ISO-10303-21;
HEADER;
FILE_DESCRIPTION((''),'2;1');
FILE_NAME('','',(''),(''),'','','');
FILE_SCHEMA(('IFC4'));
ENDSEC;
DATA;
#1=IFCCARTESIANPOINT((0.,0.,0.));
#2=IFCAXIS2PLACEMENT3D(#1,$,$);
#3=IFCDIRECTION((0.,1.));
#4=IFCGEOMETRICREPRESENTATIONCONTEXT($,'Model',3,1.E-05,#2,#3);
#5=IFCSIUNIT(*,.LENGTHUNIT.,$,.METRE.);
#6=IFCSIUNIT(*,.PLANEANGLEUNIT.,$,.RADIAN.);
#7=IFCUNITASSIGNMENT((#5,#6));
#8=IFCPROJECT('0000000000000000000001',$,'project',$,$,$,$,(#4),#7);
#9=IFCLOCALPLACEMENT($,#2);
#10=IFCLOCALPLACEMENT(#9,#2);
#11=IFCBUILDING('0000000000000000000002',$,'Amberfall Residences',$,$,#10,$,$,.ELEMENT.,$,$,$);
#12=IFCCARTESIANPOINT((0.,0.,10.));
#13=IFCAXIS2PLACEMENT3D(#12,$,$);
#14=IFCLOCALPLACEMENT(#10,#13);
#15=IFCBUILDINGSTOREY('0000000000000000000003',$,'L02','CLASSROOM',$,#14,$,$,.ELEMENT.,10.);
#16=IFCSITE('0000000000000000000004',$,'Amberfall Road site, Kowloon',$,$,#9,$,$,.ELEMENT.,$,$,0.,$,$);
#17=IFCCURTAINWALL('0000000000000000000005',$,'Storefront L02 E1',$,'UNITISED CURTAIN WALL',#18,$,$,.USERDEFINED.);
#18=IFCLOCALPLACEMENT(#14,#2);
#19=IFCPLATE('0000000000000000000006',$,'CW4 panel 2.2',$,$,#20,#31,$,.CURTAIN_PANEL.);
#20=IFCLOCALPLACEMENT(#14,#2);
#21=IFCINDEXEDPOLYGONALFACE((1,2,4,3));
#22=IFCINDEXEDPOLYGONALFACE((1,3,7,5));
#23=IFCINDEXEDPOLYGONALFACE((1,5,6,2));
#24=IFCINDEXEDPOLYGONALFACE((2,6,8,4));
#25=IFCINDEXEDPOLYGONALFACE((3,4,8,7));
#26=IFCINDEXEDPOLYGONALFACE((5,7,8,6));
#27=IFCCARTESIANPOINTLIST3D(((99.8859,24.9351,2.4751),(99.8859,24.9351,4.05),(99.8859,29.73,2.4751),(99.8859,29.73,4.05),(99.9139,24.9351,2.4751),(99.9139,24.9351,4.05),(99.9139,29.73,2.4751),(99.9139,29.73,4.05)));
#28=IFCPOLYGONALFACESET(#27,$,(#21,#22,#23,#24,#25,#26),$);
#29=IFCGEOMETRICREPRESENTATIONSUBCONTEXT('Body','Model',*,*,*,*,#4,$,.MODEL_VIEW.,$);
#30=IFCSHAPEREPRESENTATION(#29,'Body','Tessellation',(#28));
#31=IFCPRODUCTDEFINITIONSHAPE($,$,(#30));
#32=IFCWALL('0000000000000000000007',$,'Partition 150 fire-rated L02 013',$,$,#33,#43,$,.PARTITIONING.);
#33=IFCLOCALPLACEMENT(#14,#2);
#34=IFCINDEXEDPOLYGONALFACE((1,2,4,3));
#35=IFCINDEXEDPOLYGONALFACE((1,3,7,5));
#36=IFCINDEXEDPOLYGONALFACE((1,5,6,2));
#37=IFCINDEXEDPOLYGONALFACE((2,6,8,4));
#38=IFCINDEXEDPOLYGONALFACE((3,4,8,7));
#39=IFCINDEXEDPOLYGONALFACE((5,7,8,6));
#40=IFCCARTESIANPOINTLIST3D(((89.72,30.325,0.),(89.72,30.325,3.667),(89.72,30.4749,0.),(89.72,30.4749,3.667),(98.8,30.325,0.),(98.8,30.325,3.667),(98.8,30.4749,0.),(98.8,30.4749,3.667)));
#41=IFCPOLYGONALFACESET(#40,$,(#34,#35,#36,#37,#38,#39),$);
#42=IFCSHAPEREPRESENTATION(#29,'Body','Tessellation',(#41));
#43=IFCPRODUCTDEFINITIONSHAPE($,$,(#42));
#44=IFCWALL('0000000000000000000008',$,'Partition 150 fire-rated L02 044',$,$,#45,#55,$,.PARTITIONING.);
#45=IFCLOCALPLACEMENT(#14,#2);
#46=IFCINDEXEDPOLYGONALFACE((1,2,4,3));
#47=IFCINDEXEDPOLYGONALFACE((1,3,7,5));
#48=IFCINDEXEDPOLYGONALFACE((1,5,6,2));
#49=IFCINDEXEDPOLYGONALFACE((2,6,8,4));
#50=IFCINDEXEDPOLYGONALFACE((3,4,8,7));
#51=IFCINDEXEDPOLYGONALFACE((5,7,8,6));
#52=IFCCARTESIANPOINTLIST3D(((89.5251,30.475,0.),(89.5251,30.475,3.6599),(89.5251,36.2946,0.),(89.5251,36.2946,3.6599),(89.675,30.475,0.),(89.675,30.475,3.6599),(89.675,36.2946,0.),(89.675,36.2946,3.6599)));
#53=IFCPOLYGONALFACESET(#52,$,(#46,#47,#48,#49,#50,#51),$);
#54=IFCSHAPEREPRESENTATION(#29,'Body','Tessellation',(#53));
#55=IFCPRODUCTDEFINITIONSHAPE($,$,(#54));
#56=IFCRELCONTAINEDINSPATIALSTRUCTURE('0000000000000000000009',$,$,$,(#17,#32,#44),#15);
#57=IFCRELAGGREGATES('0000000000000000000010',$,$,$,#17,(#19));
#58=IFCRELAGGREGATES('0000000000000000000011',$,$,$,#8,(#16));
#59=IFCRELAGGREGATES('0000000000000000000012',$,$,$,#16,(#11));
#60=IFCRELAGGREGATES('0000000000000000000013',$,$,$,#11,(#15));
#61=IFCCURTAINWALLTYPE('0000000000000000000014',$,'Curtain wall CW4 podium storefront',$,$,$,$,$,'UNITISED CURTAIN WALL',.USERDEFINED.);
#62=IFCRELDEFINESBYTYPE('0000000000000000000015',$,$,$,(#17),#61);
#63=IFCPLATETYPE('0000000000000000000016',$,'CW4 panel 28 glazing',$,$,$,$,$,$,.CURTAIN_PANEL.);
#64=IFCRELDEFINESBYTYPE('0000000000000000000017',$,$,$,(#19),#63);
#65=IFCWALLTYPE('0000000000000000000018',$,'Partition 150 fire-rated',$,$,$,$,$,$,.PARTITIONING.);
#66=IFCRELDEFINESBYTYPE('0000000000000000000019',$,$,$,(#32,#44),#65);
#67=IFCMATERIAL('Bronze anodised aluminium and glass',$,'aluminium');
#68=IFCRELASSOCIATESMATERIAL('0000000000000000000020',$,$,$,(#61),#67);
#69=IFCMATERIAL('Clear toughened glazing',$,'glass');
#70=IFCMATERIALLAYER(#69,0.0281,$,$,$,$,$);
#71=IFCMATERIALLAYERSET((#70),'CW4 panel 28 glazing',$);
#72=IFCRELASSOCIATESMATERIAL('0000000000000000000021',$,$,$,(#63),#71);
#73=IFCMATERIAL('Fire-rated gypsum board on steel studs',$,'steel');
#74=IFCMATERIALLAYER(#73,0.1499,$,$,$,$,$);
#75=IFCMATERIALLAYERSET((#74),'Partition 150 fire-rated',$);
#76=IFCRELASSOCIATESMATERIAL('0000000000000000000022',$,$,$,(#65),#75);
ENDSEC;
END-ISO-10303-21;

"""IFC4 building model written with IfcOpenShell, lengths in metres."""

from ifc_helpers import new_model, si_unit, direction, frame, frame_2d, origin, origin_2d, place, context, subcontext, project, spatial, rectangle, extrude, material, layer, layer_set, type_object, element, aggregate, save


model = new_model("IFC4")

# Units and contexts
model_context = context("Model", 3, precision=1e-05, world=origin(), true_north=direction((0.0, 1.0)))
body_context = subcontext(model_context, "Body", "Model", "MODEL_VIEW")
ifc_project = project(units=[si_unit("LENGTHUNIT", "METRE"), si_unit("PLANEANGLEUNIT", "RADIAN")], contexts=[model_context])

# Site, building, storey
site_placement = place(None, origin())
site = spatial("IfcSite", under=ifc_project, at=site_placement, Name="Amberfall Road site, Kowloon", CompositionType="ELEMENT", RefElevation=0.0)
building_placement = place(site_placement, origin())
building = spatial("IfcBuilding", under=site, at=building_placement, Name="Amberfall Residences", CompositionType="ELEMENT")
storey_placement = place(building_placement, frame((0.0, 0.0, 10.0)))
storey = spatial("IfcBuildingStorey", under=building, at=storey_placement, Name="L02", Description="CLASSROOM", CompositionType="ELEMENT", Elevation=10.0)

# Curtain wall
ifc_material_1 = material(Name="Bronze anodised aluminium and glass", Category="aluminium")
curtain_wall_type = type_object("IfcCurtainWallType", Name="Curtain wall CW4 podium storefront", ElementType="UNITISED CURTAIN WALL", PredefinedType="USERDEFINED", material=ifc_material_1)
curtain_wall_1_placement = place(storey_placement, origin())
curtain_wall_1 = element("IfcCurtainWall", 1, at=curtain_wall_1_placement, inside=storey, type_object=curtain_wall_type, Name="Storefront L02 E1", ObjectType="UNITISED CURTAIN WALL", PredefinedType="USERDEFINED")

# Plate
ifc_material_2 = material(Name="Clear toughened glazing", Category="glass")
ifc_layer_1 = layer(ifc_material_2, 0.0281)
ifc_layer_set_1 = layer_set([ifc_layer_1], Name="CW4 panel 28 glazing")
plate_type = type_object("IfcPlateType", Name="CW4 panel 28 glazing", PredefinedType="CURTAIN_PANEL", material=ifc_layer_set_1)
plate_1_placement = place(storey_placement, frame((99.8999, 27.3325, 2.4751), z_axis=(0.0, 0.0, 1.0), x_axis=(0.0, 1.0, 0.0)))
plate_1 = element("IfcPlate", 2, at=plate_1_placement, type_object=plate_type, Name="CW4 panel 2.2", PredefinedType="CURTAIN_PANEL", context=body_context, shape_type="SweptSolid", body=[
    extrude(rectangle(XDim=4.7949, YDim=0.0281, at=origin_2d()), origin(), (0.0, 0.0, 1.0), 1.575),
])
aggregate(curtain_wall_1, [plate_1])

# Walls
ifc_material_3 = material(Name="Fire-rated gypsum board on steel studs", Category="steel")
ifc_layer_2 = layer(ifc_material_3, 0.1499)
ifc_layer_set_2 = layer_set([ifc_layer_2], Name="Partition 150 fire-rated")
wall_type = type_object("IfcWallType", Name="Partition 150 fire-rated", PredefinedType="PARTITIONING", material=ifc_layer_set_2)
wall_1_placement = place(storey_placement, frame((89.72, 30.3999, 0.0), z_axis=(0.0, 0.0, 1.0), x_axis=(1.0, 0.0, 0.0)))
element("IfcWall", 3, at=wall_1_placement, inside=storey, type_object=wall_type, Name="Partition 150 fire-rated L02 013", PredefinedType="PARTITIONING", context=body_context, shape_type="SweptSolid", body=[
    extrude(rectangle(XDim=9.0801, YDim=0.1499, at=frame_2d((4.54, 0.0))), origin(), (0.0, 0.0, 1.0), 3.667),
])
wall_2_placement = place(storey_placement, frame((89.6001, 30.4751, 0.0), z_axis=(0.0, 0.0, 1.0), x_axis=(0.0, 1.0, 0.0)))
element("IfcWall", 4, at=wall_2_placement, inside=storey, type_object=wall_type, Name="Partition 150 fire-rated L02 044", PredefinedType="PARTITIONING", context=body_context, shape_type="SweptSolid", body=[
    extrude(rectangle(XDim=5.8196, YDim=0.1499, at=frame_2d((2.9097, 0.0))), origin(), (0.0, 0.0, 1.0), 3.6599),
])

save(model, "model.ifc")
